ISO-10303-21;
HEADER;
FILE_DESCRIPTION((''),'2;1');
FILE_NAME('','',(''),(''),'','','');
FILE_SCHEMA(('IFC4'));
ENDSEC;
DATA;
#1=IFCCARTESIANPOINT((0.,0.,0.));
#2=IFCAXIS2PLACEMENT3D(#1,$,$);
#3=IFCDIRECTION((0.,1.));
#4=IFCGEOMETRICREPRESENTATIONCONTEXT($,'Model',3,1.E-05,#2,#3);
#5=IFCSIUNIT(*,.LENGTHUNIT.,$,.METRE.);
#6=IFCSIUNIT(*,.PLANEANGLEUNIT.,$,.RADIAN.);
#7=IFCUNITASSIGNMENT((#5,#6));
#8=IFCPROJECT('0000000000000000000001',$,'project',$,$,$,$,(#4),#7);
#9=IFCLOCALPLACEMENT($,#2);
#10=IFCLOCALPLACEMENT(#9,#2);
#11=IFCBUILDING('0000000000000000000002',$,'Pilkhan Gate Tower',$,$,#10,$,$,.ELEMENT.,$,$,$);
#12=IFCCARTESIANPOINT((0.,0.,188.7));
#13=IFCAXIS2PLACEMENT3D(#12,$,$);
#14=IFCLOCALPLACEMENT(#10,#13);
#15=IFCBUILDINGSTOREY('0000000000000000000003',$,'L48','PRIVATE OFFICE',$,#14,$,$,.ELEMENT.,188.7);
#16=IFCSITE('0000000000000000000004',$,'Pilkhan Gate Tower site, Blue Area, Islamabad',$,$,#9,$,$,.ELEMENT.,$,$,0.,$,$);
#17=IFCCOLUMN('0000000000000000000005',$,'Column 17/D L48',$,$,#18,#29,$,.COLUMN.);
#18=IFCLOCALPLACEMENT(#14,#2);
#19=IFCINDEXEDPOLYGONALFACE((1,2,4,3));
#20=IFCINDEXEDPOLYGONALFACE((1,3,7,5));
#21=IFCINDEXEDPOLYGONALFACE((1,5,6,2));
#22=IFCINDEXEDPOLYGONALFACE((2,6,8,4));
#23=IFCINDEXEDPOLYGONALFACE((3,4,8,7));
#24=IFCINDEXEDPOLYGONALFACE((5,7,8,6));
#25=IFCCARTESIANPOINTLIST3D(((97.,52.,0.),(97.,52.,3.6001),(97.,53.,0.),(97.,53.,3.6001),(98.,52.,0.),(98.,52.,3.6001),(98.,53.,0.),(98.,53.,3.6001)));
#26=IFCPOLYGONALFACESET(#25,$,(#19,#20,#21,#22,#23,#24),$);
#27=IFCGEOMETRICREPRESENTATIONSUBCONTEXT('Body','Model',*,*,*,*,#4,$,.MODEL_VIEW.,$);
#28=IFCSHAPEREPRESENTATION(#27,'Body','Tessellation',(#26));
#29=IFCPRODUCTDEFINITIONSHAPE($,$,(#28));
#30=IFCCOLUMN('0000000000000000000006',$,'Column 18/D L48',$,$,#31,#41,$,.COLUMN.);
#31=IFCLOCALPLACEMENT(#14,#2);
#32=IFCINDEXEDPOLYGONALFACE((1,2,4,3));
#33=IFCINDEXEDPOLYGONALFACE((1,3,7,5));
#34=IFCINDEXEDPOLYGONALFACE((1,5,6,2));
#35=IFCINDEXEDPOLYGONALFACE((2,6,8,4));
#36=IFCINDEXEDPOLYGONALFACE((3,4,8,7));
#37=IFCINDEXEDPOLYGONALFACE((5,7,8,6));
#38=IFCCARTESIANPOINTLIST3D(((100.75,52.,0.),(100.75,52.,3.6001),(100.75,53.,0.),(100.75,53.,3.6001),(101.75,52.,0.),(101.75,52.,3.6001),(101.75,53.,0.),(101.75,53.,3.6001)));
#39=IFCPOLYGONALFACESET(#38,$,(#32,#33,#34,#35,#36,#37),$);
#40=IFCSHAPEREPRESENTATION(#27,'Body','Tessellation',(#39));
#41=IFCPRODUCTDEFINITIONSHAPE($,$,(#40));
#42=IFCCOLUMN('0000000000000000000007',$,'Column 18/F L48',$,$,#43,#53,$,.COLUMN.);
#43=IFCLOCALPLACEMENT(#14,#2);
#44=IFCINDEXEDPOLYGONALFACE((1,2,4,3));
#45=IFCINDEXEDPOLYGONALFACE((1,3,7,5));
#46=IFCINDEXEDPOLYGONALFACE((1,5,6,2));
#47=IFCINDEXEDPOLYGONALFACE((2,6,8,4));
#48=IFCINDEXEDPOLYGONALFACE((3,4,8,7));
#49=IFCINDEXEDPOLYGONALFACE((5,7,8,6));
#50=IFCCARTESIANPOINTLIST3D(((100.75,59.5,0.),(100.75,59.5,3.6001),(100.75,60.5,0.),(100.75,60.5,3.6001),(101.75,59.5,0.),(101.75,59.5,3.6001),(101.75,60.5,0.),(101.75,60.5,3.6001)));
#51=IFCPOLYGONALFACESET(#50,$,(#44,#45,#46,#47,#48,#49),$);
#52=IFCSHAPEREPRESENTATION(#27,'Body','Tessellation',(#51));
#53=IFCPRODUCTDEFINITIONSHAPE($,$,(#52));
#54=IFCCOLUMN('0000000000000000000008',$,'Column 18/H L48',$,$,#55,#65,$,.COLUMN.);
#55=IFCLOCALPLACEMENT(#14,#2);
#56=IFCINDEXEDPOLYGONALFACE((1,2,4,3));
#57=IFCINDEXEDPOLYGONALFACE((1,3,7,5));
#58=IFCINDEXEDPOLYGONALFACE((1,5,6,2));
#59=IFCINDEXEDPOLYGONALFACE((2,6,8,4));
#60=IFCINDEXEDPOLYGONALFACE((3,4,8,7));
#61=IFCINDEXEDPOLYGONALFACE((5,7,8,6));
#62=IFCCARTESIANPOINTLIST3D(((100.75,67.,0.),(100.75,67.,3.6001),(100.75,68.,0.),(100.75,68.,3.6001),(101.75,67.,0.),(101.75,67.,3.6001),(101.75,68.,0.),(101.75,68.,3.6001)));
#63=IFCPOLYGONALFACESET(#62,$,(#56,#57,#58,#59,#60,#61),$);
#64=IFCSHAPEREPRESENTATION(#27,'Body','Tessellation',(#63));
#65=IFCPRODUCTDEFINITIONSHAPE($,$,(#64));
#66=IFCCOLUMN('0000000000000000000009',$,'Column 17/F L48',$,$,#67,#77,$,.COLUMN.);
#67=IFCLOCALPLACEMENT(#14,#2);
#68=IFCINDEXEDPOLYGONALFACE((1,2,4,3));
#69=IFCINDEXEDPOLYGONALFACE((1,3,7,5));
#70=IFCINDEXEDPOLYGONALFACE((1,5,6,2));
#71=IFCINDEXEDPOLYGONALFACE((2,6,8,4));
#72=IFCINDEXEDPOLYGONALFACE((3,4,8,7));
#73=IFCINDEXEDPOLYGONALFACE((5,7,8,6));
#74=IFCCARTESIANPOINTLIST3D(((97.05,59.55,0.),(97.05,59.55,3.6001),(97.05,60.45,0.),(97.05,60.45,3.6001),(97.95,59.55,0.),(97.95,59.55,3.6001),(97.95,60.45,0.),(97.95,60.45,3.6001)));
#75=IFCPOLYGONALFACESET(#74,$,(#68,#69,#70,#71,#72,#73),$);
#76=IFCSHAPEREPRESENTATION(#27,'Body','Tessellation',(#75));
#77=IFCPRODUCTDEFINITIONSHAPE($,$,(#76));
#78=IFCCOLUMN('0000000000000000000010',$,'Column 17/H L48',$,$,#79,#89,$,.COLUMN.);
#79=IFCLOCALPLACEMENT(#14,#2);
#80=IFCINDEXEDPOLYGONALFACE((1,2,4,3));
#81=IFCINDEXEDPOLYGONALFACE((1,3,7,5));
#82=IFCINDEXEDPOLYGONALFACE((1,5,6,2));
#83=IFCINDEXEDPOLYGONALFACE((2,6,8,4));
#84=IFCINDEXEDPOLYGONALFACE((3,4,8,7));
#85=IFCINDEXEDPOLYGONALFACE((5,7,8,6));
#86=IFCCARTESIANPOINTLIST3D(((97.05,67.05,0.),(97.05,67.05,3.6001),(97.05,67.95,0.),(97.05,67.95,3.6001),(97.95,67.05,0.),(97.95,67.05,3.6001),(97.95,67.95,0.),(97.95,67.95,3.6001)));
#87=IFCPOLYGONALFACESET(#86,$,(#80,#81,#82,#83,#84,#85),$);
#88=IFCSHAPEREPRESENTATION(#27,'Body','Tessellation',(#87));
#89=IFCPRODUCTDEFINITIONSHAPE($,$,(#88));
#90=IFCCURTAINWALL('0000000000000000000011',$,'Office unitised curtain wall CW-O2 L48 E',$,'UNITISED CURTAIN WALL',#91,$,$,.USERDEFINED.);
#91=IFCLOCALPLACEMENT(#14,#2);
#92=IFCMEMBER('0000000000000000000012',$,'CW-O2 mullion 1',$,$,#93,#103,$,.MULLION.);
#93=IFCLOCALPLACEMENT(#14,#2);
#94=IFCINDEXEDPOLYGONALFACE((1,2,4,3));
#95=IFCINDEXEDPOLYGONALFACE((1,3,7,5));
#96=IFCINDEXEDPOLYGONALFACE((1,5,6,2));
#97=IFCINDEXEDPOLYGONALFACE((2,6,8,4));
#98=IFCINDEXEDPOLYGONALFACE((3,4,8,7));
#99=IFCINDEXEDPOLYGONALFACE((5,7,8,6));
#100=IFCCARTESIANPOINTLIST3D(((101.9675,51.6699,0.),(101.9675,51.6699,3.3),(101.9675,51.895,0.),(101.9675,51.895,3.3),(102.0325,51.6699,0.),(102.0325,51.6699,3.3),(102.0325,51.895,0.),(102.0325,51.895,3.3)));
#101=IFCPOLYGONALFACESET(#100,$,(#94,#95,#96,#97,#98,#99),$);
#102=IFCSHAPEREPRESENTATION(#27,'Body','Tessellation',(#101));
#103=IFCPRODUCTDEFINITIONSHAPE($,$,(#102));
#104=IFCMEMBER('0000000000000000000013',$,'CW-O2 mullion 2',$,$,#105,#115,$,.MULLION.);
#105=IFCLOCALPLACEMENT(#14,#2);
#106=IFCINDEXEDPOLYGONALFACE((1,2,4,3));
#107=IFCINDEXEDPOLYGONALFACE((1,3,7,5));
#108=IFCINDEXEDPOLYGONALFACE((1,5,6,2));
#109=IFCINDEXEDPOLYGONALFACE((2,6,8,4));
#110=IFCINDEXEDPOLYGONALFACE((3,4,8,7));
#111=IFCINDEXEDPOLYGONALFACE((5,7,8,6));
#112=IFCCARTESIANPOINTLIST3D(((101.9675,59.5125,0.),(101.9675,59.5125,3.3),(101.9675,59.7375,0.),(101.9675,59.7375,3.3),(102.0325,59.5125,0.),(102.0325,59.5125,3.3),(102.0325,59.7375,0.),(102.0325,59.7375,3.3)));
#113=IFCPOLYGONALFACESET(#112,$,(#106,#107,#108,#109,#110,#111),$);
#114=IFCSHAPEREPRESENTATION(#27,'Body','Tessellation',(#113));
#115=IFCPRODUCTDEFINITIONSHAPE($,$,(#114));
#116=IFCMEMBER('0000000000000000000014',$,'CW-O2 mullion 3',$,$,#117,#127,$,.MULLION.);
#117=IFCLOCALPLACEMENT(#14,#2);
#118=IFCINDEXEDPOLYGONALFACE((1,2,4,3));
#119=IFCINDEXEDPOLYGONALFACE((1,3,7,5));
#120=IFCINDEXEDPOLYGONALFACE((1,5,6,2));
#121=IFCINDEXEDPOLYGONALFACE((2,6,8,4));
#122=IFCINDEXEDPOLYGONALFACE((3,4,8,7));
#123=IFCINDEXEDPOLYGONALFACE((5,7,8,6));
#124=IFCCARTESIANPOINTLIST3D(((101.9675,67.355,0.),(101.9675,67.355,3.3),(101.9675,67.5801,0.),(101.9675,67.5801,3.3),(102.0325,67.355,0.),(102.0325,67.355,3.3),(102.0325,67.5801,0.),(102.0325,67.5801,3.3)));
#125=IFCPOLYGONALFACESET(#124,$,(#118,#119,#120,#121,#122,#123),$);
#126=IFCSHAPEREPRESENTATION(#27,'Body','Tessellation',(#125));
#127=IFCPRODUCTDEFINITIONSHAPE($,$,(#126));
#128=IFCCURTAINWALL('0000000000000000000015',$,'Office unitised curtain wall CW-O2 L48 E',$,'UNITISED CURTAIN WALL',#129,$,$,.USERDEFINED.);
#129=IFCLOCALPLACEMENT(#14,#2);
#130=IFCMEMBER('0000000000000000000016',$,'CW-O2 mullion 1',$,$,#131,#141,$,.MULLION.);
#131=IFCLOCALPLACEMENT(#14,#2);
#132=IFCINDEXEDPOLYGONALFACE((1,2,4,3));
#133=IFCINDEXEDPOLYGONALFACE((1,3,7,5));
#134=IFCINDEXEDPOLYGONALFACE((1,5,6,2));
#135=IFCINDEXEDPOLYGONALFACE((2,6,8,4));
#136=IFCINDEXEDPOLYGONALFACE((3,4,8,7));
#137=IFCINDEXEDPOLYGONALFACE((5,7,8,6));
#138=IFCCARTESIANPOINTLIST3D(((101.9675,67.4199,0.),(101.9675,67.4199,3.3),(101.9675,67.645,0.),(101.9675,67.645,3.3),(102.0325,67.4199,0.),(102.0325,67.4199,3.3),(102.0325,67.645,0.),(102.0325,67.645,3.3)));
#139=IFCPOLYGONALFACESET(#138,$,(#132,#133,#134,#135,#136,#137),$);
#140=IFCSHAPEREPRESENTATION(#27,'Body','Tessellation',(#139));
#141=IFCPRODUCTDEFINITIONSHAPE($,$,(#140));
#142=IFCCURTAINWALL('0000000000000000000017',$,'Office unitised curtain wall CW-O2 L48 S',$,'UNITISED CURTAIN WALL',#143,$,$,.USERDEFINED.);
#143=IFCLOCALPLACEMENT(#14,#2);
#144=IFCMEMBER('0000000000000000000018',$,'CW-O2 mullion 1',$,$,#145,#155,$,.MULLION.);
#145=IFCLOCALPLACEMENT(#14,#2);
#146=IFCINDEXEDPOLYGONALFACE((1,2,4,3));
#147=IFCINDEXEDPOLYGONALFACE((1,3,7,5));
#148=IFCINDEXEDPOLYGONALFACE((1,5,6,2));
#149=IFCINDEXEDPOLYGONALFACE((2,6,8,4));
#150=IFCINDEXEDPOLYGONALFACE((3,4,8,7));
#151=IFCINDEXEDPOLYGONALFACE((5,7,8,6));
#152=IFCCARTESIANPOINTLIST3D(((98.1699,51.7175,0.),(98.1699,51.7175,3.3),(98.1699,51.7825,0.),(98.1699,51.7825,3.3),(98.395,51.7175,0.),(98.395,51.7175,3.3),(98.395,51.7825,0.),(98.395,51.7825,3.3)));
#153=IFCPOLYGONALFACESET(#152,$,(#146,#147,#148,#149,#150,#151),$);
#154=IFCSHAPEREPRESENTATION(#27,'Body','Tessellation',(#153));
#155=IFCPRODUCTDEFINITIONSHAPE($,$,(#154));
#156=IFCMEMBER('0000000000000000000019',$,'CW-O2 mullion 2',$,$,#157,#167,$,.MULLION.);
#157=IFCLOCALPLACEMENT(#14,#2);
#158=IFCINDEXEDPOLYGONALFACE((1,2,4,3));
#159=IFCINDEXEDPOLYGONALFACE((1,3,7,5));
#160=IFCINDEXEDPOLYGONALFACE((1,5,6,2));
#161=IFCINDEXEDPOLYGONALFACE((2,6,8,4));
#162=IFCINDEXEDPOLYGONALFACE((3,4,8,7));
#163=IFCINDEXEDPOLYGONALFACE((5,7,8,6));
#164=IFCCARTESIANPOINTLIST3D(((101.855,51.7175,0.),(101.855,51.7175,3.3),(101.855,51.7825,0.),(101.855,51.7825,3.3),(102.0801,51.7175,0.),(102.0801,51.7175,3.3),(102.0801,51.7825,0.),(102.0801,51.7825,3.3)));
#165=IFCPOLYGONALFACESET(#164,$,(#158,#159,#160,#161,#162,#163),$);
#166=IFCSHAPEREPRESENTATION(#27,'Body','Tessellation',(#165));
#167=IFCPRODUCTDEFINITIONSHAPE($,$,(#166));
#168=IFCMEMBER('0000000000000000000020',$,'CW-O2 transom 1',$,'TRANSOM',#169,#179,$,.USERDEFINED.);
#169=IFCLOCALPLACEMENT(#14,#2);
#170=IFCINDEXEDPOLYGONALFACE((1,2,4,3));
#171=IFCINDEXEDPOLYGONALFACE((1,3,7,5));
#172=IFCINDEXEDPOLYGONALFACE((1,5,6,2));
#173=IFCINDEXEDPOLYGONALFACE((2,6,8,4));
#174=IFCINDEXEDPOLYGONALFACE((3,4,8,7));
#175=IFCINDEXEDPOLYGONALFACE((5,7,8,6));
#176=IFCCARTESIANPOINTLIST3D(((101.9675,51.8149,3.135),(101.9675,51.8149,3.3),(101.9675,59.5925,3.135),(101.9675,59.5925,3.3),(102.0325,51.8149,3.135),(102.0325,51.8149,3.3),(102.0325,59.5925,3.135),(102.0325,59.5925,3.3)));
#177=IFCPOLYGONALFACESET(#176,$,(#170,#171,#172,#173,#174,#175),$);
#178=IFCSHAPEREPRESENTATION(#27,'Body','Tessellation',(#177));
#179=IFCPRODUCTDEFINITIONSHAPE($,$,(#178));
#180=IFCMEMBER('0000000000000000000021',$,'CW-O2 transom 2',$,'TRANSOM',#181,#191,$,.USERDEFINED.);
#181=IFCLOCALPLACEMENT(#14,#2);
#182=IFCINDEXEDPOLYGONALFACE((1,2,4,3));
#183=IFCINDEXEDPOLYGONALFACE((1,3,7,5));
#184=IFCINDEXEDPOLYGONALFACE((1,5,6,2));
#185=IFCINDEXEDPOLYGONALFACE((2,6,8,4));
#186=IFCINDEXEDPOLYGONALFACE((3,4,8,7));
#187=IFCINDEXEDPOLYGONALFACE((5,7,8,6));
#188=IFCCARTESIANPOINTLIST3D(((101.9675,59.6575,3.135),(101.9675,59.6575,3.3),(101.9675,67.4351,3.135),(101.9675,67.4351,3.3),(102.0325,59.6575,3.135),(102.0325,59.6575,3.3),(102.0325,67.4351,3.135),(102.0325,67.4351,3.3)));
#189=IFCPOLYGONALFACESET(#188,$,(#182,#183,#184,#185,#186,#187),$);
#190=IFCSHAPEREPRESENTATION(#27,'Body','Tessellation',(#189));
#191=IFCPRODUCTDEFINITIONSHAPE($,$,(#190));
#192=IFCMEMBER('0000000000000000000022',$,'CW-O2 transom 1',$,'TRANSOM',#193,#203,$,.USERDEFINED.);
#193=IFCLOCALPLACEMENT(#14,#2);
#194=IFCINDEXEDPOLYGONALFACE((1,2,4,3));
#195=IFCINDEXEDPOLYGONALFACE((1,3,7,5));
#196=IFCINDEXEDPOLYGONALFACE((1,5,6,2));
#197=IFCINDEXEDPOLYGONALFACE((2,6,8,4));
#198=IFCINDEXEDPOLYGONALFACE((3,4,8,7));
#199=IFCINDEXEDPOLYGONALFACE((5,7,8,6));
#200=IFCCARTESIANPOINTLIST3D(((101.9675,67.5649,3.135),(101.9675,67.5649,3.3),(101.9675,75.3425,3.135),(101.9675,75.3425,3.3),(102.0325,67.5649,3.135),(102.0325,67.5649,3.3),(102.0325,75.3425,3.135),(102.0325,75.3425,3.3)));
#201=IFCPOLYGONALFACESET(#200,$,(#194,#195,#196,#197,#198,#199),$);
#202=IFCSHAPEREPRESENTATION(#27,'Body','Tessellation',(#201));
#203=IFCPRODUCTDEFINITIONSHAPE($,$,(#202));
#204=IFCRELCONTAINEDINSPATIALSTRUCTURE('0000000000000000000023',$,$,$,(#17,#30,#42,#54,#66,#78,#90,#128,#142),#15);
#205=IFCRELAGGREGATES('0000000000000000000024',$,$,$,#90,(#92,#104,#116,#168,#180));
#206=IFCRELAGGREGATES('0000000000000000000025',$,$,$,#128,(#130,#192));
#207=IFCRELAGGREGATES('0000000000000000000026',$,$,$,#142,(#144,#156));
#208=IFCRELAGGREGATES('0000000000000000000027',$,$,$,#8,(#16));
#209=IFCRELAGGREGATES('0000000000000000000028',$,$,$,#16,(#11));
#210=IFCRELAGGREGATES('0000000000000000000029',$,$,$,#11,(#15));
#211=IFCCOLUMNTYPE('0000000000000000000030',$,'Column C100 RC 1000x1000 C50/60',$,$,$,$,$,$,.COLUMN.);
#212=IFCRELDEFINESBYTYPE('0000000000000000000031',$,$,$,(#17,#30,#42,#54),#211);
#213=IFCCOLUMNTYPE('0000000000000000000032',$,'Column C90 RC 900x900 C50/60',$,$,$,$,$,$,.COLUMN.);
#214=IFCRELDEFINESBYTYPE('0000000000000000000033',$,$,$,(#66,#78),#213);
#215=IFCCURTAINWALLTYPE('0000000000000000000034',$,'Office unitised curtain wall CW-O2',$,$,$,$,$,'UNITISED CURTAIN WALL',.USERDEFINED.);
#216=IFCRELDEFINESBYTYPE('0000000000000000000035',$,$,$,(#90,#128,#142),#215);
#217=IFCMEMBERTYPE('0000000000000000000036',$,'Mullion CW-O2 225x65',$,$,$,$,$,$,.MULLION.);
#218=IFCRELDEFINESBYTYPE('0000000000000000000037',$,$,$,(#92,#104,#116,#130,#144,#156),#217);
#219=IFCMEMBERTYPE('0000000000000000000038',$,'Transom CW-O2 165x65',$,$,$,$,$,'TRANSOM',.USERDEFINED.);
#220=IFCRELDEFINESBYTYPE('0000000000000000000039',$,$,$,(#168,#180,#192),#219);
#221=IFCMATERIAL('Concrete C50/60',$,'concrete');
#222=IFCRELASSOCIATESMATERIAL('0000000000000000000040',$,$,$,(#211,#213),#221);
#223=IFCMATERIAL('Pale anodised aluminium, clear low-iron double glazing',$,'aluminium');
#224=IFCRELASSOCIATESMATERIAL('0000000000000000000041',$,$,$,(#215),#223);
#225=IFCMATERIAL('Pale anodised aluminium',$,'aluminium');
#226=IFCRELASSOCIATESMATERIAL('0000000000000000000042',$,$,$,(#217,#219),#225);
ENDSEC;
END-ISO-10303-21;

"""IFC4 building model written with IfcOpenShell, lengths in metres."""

from ifc_helpers import new_model, si_unit, direction, frame, origin, origin_2d, place, context, subcontext, project, spatial, rectangle, extrude, material, material_profile, profile_set, type_object, element, aggregate, save


model = new_model("IFC4")

# Units and contexts
model_context = context("Model", 3, precision=1e-05, world=origin(), true_north=direction((0.0, 1.0)))
body_context = subcontext(model_context, "Body", "Model", "MODEL_VIEW")
ifc_project = project(units=[si_unit("LENGTHUNIT", "METRE"), si_unit("PLANEANGLEUNIT", "RADIAN")], contexts=[model_context])

# Site, building, storey
site_placement = place(None, origin())
site = spatial("IfcSite", under=ifc_project, at=site_placement, Name="Pilkhan Gate Tower site, Blue Area, Islamabad", CompositionType="ELEMENT", RefElevation=0.0)
building_placement = place(site_placement, origin())
building = spatial("IfcBuilding", under=site, at=building_placement, Name="Pilkhan Gate Tower", CompositionType="ELEMENT")
storey_placement = place(building_placement, frame((0.0, 0.0, 188.7)))
storey = spatial("IfcBuildingStorey", under=building, at=storey_placement, Name="L48", Description="PRIVATE OFFICE", CompositionType="ELEMENT", Elevation=188.7)

# Columns
ifc_material_1 = material(Name="Concrete C50/60", Category="concrete")
ifc_material_profile_1 = material_profile(ifc_material_1, rectangle(XDim=1.0, YDim=1.0, at=origin_2d()), Name="RC 1000x1000")
ifc_profile_set_1 = profile_set([ifc_material_profile_1], Name="Concrete C50/60")
column_type_1 = type_object("IfcColumnType", Name="Column C100 RC 1000x1000 C50/60", PredefinedType="COLUMN", material=ifc_profile_set_1)
for number, where, z_axis, x_axis, name in (
    (1, (97.5, 52.5, 0.0), (0.0, 0.0, 1.0), (1.0, 0.0, 0.0), "Column 17/D L48"),
    (2, (101.25, 52.5, 0.0), (0.0, 0.0, 1.0), (1.0, 0.0, 0.0), "Column 18/D L48"),
    (3, (101.25, 60.0, 0.0), (0.0, 0.0, 1.0), (1.0, 0.0, 0.0), "Column 18/F L48"),
    (4, (101.25, 67.5, 0.0), (0.0, 0.0, 1.0), (1.0, 0.0, 0.0), "Column 18/H L48"),
):
    element("IfcColumn", number, at=place(storey_placement, frame(where, z_axis=z_axis, x_axis=x_axis)), inside=storey, type_object=column_type_1, Name=name, PredefinedType="COLUMN", context=body_context, shape_type="SweptSolid", body=[
        extrude(rectangle(XDim=1.0, YDim=1.0, at=origin_2d()), origin(), (0.0, 0.0, 1.0), 3.6001),
    ])
ifc_material_profile_2 = material_profile(ifc_material_1, rectangle(XDim=0.8999, YDim=0.8999, at=origin_2d()), Name="RC 900x900")
ifc_profile_set_2 = profile_set([ifc_material_profile_2], Name="Concrete C50/60")
column_type_2 = type_object("IfcColumnType", Name="Column C90 RC 900x900 C50/60", PredefinedType="COLUMN", material=ifc_profile_set_2)
for number, where, z_axis, x_axis, name in (
    (5, (97.5, 60.0, 0.0), (0.0, 0.0, 1.0), (1.0, 0.0, 0.0), "Column 17/F L48"),
    (6, (97.5, 67.5, 0.0), (0.0, 0.0, 1.0), (1.0, 0.0, 0.0), "Column 17/H L48"),
):
    element("IfcColumn", number, at=place(storey_placement, frame(where, z_axis=z_axis, x_axis=x_axis)), inside=storey, type_object=column_type_2, Name=name, PredefinedType="COLUMN", context=body_context, shape_type="SweptSolid", body=[
        extrude(rectangle(XDim=0.8999, YDim=0.8999, at=origin_2d()), origin(), (0.0, 0.0, 1.0), 3.6001),
    ])

# Curtain wall, members
ifc_material_2 = material(Name="Pale anodised aluminium, clear low-iron double glazing", Category="aluminium")
curtain_wall_type = type_object("IfcCurtainWallType", Name="Office unitised curtain wall CW-O2", ElementType="UNITISED CURTAIN WALL", PredefinedType="USERDEFINED", material=ifc_material_2)
curtain_wall_1_placement = place(storey_placement, origin())
curtain_wall_1 = element("IfcCurtainWall", 7, at=curtain_wall_1_placement, inside=storey, type_object=curtain_wall_type, Name="Office unitised curtain wall CW-O2 L48 E", ObjectType="UNITISED CURTAIN WALL", PredefinedType="USERDEFINED")
ifc_material_3 = material(Name="Pale anodised aluminium", Category="aluminium")
ifc_material_profile_3 = material_profile(ifc_material_3, rectangle(XDim=0.0649, YDim=0.2251, at=origin_2d()), Name="Mullion 225x65")
ifc_profile_set_3 = profile_set([ifc_material_profile_3], Name="Pale anodised aluminium")
member_type_1 = type_object("IfcMemberType", Name="Mullion CW-O2 225x65", PredefinedType="MULLION", material=ifc_profile_set_3)
member_1_placement = place(storey_placement, frame((102.0, 51.7825, 0.0), z_axis=(0.0, 0.0, 1.0), x_axis=(-1.0, 0.0, 0.0)))
member_1 = element("IfcMember", 8, at=member_1_placement, type_object=member_type_1, Name="CW-O2 mullion 1", PredefinedType="MULLION", context=body_context, shape_type="SweptSolid", body=[
    extrude(rectangle(XDim=0.0649, YDim=0.2251, at=origin_2d()), origin(), (0.0, 0.0, 1.0), 3.3),
])
member_2_placement = place(storey_placement, frame((102.0, 59.625, 0.0), z_axis=(0.0, 0.0, 1.0), x_axis=(-1.0, 0.0, 0.0)))
member_2 = element("IfcMember", 9, at=member_2_placement, type_object=member_type_1, Name="CW-O2 mullion 2", PredefinedType="MULLION", context=body_context, shape_type="SweptSolid", body=[
    extrude(rectangle(XDim=0.0649, YDim=0.2251, at=origin_2d()), origin(), (0.0, 0.0, 1.0), 3.3),
])
member_3_placement = place(storey_placement, frame((102.0, 67.4675, 0.0), z_axis=(0.0, 0.0, 1.0), x_axis=(-1.0, 0.0, 0.0)))
member_3 = element("IfcMember", 10, at=member_3_placement, type_object=member_type_1, Name="CW-O2 mullion 3", PredefinedType="MULLION", context=body_context, shape_type="SweptSolid", body=[
    extrude(rectangle(XDim=0.0649, YDim=0.2251, at=origin_2d()), origin(), (0.0, 0.0, 1.0), 3.3),
])

# Curtain wall, member
curtain_wall_2_placement = place(storey_placement, origin())
curtain_wall_2 = element("IfcCurtainWall", 11, at=curtain_wall_2_placement, inside=storey, type_object=curtain_wall_type, Name="Office unitised curtain wall CW-O2 L48 E", ObjectType="UNITISED CURTAIN WALL", PredefinedType="USERDEFINED")
member_4_placement = place(storey_placement, frame((102.0, 67.5325, 0.0), z_axis=(0.0, 0.0, 1.0), x_axis=(-1.0, 0.0, 0.0)))
member_4 = element("IfcMember", 12, at=member_4_placement, type_object=member_type_1, Name="CW-O2 mullion 1", PredefinedType="MULLION", context=body_context, shape_type="SweptSolid", body=[
    extrude(rectangle(XDim=0.0649, YDim=0.2251, at=origin_2d()), origin(), (0.0, 0.0, 1.0), 3.3),
])

# Curtain wall, members
curtain_wall_3_placement = place(storey_placement, origin())
curtain_wall_3 = element("IfcCurtainWall", 13, at=curtain_wall_3_placement, inside=storey, type_object=curtain_wall_type, Name="Office unitised curtain wall CW-O2 L48 S", ObjectType="UNITISED CURTAIN WALL", PredefinedType="USERDEFINED")
member_5_placement = place(storey_placement, frame((98.2825, 51.75, 0.0), z_axis=(0.0, 0.0, 1.0), x_axis=(0.0, 1.0, 0.0)))
member_5 = element("IfcMember", 14, at=member_5_placement, type_object=member_type_1, Name="CW-O2 mullion 1", PredefinedType="MULLION", context=body_context, shape_type="SweptSolid", body=[
    extrude(rectangle(XDim=0.0649, YDim=0.2251, at=origin_2d()), origin(), (0.0, 0.0, 1.0), 3.3),
])
member_6_placement = place(storey_placement, frame((101.9675, 51.75, 0.0), z_axis=(0.0, 0.0, 1.0), x_axis=(0.0, 1.0, 0.0)))
member_6 = element("IfcMember", 15, at=member_6_placement, type_object=member_type_1, Name="CW-O2 mullion 2", PredefinedType="MULLION", context=body_context, shape_type="SweptSolid", body=[
    extrude(rectangle(XDim=0.0649, YDim=0.2251, at=origin_2d()), origin(), (0.0, 0.0, 1.0), 3.3),
])

# Members
ifc_material_profile_4 = material_profile(ifc_material_3, rectangle(XDim=0.0649, YDim=0.165, at=origin_2d()), Name="Transom 165x65")
ifc_profile_set_4 = profile_set([ifc_material_profile_4], Name="Pale anodised aluminium")
member_type_2 = type_object("IfcMemberType", Name="Transom CW-O2 165x65", ElementType="TRANSOM", PredefinedType="USERDEFINED", material=ifc_profile_set_4)
member_7_placement = place(storey_placement, frame((102.0, 51.8149, 3.2175), z_axis=(0.0, 1.0, 0.0), x_axis=(-1.0, 0.0, 0.0)))
member_7 = element("IfcMember", 16, at=member_7_placement, type_object=member_type_2, Name="CW-O2 transom 1", ObjectType="TRANSOM", PredefinedType="USERDEFINED", context=body_context, shape_type="SweptSolid", body=[
    extrude(rectangle(XDim=0.0649, YDim=0.165, at=origin_2d()), origin(), (0.0, 0.0, 1.0), 7.7776),
])
member_8_placement = place(storey_placement, frame((102.0, 59.6575, 3.2175), z_axis=(0.0, 1.0, 0.0), x_axis=(-1.0, 0.0, 0.0)))
member_8 = element("IfcMember", 17, at=member_8_placement, type_object=member_type_2, Name="CW-O2 transom 2", ObjectType="TRANSOM", PredefinedType="USERDEFINED", context=body_context, shape_type="SweptSolid", body=[
    extrude(rectangle(XDim=0.0649, YDim=0.165, at=origin_2d()), origin(), (0.0, 0.0, 1.0), 7.7776),
])
member_9_placement = place(storey_placement, frame((102.0, 67.5649, 3.2175), z_axis=(0.0, 1.0, 0.0), x_axis=(-1.0, 0.0, 0.0)))
member_9 = element("IfcMember", 18, at=member_9_placement, type_object=member_type_2, Name="CW-O2 transom 1", ObjectType="TRANSOM", PredefinedType="USERDEFINED", context=body_context, shape_type="SweptSolid", body=[
    extrude(rectangle(XDim=0.0649, YDim=0.165, at=origin_2d()), origin(), (0.0, 0.0, 1.0), 7.7776),
])

aggregate(curtain_wall_1, [member_1, member_2, member_3, member_7, member_8])
aggregate(curtain_wall_2, [member_4, member_9])
aggregate(curtain_wall_3, [member_5, member_6])

save(model, "model.ifc")
